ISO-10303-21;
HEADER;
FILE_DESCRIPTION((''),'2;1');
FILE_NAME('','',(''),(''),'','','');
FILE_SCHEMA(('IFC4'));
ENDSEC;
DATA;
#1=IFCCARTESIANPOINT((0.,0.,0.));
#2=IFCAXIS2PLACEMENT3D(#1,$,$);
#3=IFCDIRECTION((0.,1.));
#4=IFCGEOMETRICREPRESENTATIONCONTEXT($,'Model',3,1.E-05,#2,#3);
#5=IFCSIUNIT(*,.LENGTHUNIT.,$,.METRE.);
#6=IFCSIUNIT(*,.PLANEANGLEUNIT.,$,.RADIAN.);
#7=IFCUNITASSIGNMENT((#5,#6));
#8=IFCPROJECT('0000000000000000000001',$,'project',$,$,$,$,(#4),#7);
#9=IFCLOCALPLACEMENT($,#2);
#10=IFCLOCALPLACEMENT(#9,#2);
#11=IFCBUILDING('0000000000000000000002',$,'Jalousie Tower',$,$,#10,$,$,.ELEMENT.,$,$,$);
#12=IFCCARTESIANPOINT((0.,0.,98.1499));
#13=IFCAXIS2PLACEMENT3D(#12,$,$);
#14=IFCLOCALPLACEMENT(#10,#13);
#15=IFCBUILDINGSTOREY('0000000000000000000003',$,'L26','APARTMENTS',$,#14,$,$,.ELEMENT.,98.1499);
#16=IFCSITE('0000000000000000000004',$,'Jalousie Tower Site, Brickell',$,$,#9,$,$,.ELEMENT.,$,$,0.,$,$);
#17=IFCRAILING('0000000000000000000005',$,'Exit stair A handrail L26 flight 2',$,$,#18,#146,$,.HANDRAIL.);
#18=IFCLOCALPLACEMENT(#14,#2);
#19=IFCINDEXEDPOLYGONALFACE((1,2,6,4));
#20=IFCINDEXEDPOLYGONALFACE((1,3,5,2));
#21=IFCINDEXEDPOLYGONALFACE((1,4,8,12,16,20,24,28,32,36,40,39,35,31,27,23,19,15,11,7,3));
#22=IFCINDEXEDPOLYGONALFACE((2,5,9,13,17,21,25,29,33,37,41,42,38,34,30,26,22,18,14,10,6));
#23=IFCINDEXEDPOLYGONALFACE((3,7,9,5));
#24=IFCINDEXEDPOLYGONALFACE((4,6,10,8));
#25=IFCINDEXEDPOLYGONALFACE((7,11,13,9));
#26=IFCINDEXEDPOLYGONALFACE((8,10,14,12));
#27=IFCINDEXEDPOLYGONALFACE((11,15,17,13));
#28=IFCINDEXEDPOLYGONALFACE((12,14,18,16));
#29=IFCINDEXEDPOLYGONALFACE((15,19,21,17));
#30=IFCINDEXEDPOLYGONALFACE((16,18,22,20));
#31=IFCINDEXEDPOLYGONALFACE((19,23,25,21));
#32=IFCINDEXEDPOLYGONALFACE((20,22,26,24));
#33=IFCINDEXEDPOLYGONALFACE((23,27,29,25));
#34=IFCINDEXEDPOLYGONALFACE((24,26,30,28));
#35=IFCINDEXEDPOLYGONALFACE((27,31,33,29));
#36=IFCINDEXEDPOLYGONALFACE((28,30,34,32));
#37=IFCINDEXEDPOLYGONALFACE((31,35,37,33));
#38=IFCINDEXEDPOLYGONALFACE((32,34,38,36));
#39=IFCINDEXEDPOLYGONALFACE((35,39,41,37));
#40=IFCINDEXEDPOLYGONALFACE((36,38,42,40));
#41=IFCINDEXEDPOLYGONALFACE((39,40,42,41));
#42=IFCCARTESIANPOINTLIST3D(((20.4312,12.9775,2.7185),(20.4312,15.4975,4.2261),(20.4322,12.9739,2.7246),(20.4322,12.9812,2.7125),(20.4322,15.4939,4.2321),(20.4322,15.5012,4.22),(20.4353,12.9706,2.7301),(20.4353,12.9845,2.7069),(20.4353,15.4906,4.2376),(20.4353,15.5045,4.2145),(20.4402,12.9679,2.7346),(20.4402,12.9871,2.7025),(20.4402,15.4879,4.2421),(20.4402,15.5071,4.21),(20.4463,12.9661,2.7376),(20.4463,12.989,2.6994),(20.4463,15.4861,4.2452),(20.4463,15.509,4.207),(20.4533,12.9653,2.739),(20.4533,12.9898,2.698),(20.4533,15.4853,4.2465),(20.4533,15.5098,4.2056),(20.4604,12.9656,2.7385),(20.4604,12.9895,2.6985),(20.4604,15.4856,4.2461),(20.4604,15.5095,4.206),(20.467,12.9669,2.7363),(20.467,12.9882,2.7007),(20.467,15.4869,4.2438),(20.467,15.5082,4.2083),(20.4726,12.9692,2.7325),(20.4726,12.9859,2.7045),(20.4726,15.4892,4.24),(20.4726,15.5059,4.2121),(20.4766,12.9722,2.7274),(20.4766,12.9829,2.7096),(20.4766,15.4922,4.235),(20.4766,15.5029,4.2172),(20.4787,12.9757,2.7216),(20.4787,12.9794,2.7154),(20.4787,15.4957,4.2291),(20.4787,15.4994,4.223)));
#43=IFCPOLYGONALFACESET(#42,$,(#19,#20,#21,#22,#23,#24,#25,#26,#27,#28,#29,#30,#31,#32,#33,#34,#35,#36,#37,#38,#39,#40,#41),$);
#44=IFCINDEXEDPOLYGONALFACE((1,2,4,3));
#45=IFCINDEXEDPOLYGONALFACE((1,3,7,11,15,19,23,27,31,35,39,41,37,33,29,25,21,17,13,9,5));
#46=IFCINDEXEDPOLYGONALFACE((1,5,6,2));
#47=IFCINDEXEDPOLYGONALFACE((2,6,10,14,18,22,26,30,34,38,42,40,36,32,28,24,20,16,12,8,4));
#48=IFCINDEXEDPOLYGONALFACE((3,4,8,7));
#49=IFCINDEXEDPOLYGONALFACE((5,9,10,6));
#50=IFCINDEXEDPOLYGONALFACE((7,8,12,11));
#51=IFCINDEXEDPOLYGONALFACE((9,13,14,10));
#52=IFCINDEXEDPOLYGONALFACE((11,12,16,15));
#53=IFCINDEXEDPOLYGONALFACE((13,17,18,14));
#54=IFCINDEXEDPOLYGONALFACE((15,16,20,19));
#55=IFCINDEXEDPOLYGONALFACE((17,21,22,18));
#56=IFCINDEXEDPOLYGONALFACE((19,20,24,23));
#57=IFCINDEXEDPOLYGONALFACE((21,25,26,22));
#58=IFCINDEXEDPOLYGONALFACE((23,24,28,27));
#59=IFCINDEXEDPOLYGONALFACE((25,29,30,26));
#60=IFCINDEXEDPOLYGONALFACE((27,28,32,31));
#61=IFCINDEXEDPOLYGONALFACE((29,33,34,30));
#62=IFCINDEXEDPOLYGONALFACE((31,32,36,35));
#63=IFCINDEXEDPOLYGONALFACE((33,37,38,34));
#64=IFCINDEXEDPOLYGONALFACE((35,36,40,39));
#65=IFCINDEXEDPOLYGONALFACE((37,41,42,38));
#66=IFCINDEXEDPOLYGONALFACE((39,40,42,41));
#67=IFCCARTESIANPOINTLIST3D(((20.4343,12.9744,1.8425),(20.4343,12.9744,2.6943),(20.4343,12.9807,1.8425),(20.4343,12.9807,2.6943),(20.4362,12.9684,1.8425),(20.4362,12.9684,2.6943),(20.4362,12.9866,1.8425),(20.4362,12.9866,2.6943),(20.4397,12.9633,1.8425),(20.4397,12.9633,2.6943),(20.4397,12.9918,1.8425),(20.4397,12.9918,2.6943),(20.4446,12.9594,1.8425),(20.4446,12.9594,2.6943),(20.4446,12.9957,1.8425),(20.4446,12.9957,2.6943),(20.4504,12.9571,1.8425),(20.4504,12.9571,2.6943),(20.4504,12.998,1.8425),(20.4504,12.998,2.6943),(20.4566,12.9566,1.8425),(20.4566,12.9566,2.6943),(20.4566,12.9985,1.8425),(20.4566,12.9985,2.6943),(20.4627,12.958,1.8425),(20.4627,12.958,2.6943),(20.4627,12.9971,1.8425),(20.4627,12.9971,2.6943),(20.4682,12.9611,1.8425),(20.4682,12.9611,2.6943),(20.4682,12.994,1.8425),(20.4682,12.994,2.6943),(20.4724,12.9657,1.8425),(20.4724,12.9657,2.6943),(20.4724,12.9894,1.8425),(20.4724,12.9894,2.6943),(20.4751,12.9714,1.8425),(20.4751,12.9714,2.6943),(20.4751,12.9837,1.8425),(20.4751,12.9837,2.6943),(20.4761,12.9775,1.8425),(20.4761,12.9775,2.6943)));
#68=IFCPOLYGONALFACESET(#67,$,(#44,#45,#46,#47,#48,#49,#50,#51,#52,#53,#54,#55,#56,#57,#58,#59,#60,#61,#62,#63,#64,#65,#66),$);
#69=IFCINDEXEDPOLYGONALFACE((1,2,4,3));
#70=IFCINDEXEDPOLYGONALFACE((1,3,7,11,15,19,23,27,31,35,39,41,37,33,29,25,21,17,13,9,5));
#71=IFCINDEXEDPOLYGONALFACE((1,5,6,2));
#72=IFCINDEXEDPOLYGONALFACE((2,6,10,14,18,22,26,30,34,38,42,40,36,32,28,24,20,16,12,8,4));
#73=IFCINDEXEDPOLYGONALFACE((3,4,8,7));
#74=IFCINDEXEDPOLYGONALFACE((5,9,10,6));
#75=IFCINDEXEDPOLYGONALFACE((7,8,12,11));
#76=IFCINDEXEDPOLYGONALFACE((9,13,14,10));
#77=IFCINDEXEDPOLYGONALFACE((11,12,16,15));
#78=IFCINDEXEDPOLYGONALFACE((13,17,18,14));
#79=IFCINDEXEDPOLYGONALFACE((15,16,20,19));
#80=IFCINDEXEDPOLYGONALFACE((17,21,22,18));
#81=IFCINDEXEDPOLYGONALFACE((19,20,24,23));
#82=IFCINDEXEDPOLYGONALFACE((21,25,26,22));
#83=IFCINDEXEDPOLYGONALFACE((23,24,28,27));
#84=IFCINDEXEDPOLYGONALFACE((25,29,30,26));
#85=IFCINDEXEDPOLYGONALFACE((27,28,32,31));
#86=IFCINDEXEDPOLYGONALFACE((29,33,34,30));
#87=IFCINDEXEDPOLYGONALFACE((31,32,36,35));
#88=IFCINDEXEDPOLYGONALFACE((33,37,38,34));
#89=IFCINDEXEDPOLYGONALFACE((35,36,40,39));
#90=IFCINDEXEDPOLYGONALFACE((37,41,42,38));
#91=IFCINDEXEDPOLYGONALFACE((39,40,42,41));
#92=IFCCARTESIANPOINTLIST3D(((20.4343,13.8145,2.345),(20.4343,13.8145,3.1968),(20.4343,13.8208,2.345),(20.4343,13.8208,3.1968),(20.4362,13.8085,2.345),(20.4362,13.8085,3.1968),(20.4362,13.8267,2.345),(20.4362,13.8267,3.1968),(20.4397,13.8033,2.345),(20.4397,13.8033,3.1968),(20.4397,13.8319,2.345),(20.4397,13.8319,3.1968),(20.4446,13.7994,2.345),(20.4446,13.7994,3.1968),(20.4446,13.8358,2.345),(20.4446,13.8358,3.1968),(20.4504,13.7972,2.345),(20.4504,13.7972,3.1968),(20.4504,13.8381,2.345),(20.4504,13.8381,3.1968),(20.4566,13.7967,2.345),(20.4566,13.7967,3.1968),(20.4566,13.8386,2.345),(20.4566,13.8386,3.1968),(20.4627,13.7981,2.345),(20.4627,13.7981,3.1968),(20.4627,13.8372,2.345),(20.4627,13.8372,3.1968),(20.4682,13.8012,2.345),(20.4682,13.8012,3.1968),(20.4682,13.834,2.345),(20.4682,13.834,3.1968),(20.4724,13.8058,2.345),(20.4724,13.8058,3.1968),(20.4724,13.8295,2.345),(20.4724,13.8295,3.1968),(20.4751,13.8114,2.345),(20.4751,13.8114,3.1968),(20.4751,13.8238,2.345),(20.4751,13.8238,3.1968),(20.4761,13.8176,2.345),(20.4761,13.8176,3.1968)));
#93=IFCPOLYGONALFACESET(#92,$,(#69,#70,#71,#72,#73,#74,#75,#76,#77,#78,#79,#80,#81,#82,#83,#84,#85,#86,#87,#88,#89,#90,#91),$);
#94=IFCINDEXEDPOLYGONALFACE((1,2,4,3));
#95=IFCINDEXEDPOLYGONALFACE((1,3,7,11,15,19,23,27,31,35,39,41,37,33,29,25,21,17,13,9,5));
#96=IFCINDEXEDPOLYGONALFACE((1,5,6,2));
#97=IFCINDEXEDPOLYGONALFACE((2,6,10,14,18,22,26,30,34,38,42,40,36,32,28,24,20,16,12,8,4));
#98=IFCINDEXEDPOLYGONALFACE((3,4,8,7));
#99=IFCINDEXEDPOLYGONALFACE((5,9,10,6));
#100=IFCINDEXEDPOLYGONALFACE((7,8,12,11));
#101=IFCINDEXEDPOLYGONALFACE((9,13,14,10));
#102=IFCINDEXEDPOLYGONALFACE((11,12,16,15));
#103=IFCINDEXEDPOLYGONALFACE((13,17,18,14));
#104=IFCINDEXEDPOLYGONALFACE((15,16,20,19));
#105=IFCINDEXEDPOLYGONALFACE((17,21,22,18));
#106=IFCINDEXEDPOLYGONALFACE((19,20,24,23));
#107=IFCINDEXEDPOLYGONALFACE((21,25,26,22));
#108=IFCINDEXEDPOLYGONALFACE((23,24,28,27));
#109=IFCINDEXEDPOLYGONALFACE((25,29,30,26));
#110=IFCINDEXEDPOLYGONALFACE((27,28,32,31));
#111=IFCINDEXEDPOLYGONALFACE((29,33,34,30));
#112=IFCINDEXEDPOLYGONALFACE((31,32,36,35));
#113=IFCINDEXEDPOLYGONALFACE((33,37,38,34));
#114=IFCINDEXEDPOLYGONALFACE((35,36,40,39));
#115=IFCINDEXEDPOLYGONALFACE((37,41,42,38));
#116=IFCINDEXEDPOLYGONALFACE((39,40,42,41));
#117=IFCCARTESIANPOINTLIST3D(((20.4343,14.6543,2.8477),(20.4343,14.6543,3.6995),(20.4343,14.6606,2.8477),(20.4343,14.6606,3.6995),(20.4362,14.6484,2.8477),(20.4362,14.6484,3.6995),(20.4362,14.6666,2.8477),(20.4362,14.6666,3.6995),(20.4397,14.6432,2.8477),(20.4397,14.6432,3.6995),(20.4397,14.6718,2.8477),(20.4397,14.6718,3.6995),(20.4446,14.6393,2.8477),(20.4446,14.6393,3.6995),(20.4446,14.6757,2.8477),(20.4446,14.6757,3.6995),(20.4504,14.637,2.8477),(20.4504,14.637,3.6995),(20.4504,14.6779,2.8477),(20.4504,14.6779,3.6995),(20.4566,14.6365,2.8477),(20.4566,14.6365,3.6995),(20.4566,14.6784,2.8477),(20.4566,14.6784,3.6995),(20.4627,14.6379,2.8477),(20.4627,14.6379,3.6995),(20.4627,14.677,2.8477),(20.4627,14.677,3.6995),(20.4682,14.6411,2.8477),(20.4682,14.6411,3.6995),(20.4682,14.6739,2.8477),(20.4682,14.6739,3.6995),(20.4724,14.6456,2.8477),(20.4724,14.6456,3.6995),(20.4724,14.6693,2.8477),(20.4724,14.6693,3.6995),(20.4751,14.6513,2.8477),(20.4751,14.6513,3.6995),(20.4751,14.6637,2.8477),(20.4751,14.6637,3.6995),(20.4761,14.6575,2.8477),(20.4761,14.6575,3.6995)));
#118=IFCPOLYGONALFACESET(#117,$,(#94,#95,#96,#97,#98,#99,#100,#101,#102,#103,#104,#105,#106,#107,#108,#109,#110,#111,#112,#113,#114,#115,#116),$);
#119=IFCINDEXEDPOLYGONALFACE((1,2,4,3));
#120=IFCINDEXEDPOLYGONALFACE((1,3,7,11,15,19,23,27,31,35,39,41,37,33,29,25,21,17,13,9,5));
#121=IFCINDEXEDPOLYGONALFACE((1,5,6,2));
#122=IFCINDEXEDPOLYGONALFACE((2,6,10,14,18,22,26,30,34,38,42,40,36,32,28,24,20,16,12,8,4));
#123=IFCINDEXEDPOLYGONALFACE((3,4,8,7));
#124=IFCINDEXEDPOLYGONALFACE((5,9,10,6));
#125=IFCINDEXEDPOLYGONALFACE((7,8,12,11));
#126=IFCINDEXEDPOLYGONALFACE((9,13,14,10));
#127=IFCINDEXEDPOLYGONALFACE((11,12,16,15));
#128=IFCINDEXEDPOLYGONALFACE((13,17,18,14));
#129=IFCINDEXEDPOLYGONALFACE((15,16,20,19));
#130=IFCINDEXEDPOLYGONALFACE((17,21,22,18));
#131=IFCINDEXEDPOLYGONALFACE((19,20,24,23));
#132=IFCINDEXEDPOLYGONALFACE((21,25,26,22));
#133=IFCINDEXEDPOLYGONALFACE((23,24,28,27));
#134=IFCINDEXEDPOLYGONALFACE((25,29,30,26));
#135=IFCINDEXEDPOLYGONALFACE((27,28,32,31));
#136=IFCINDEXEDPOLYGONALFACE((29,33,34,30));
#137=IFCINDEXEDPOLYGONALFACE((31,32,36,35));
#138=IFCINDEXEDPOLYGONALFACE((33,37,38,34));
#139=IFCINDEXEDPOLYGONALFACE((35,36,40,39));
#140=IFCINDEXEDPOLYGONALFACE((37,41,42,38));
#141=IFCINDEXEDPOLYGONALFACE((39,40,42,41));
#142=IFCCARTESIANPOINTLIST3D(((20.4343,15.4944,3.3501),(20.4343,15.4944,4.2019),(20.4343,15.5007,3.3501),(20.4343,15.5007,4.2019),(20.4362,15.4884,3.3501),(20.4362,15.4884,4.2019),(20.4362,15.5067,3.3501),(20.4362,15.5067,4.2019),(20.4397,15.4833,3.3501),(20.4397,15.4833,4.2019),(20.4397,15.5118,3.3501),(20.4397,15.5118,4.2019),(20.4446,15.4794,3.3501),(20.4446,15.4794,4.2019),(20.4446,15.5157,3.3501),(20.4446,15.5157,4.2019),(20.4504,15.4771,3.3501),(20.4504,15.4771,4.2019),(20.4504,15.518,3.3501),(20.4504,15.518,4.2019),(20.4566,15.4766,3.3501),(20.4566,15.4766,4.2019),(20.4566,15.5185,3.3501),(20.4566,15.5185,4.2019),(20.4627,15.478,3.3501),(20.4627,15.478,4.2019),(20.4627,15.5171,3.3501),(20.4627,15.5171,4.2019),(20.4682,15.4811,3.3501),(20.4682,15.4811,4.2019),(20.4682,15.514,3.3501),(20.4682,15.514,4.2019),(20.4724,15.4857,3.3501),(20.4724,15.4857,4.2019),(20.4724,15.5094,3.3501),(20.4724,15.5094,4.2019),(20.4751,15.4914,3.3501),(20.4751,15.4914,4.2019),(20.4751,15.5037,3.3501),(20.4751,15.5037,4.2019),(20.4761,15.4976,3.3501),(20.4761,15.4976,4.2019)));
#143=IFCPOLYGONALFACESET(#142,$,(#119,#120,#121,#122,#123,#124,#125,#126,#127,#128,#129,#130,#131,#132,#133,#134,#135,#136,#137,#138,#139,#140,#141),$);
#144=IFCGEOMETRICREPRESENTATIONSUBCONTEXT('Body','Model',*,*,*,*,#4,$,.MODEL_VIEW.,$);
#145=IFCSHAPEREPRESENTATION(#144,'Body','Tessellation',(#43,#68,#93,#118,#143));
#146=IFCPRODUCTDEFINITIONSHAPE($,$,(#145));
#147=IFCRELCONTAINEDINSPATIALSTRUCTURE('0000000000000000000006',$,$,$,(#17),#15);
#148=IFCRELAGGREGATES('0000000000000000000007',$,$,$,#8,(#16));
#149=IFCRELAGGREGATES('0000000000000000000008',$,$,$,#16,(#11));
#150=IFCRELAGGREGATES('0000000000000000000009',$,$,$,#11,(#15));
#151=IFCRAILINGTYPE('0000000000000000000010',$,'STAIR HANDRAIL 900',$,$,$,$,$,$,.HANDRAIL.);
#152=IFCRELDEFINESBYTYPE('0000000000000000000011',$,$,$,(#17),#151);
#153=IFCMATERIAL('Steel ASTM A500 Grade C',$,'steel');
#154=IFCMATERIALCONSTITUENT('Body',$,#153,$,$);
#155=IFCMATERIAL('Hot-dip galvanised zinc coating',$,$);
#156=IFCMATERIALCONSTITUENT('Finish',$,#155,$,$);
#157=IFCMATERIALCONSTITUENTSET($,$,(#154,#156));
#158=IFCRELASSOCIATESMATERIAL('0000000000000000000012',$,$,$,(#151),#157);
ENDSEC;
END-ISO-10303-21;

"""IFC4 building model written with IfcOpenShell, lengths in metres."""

from ifc_helpers import new_model, si_unit, direction, frame, origin, origin_2d, place, context, subcontext, project, spatial, circle, extrude, material, constituent, constituent_set, type_object, element, save


model = new_model("IFC4")

# Units and contexts
model_context = context("Model", 3, precision=1e-05, world=origin(), true_north=direction((0.0, 1.0)))
body_context = subcontext(model_context, "Body", "Model", "MODEL_VIEW")
ifc_project = project(units=[si_unit("LENGTHUNIT", "METRE"), si_unit("PLANEANGLEUNIT", "RADIAN")], contexts=[model_context])

# Site, building, storey
site_placement = place(None, origin())
site = spatial("IfcSite", under=ifc_project, at=site_placement, Name="Jalousie Tower Site, Brickell", CompositionType="ELEMENT", RefElevation=0.0)
building_placement = place(site_placement, origin())
building = spatial("IfcBuilding", under=site, at=building_placement, Name="Jalousie Tower", CompositionType="ELEMENT")
storey_placement = place(building_placement, frame((0.0, 0.0, 98.1499)))
storey = spatial("IfcBuildingStorey", under=building, at=storey_placement, Name="L26", Description="APARTMENTS", CompositionType="ELEMENT", Elevation=98.1499)

# Railing
ifc_material_1 = material(Name="Steel ASTM A500 Grade C", Category="steel")
ifc_constituent_1 = constituent(ifc_material_1, Name="Body")
ifc_material_2 = material(Name="Hot-dip galvanised zinc coating")
ifc_constituent_2 = constituent(ifc_material_2, Name="Finish")
ifc_constituent_set_1 = constituent_set(constituents=[ifc_constituent_1, ifc_constituent_2])
railing_type_1 = type_object("IfcRailingType", Name="STAIR HANDRAIL 900", PredefinedType="HANDRAIL", material=ifc_constituent_set_1)
railing_1_placement = place(storey_placement, frame((20.4551, 12.9775, 1.8425)))
element("IfcRailing", 1, at=railing_1_placement, inside=storey, type_object=railing_type_1, Name="Exit stair A handrail L26 flight 2", PredefinedType="HANDRAIL", context=body_context, shape_type="SweptSolid", body=[
    extrude(circle(Radius=0.0239, at=origin_2d()), frame((0.0, 0.0, 0.876), z_axis=(0.0, 0.85816, 0.513383), x_axis=(-1.0, 0.0, 0.0)), (0.0, 0.0, 1.0), 2.9365),
    extrude(circle(Radius=0.021, at=origin_2d()), origin(), (0.0, 0.0, 1.0), 0.8518),
    extrude(circle(Radius=0.021, at=origin_2d()), frame((0.0, 0.8401, 0.5024)), (0.0, 0.0, 1.0), 0.8518),
    extrude(circle(Radius=0.021, at=origin_2d()), frame((0.0, 1.6799, 1.0051)), (0.0, 0.0, 1.0), 0.8518),
    extrude(circle(Radius=0.021, at=origin_2d()), frame((0.0, 2.52, 1.5076)), (0.0, 0.0, 1.0), 0.8518),
])

save(model, "model.ifc")
